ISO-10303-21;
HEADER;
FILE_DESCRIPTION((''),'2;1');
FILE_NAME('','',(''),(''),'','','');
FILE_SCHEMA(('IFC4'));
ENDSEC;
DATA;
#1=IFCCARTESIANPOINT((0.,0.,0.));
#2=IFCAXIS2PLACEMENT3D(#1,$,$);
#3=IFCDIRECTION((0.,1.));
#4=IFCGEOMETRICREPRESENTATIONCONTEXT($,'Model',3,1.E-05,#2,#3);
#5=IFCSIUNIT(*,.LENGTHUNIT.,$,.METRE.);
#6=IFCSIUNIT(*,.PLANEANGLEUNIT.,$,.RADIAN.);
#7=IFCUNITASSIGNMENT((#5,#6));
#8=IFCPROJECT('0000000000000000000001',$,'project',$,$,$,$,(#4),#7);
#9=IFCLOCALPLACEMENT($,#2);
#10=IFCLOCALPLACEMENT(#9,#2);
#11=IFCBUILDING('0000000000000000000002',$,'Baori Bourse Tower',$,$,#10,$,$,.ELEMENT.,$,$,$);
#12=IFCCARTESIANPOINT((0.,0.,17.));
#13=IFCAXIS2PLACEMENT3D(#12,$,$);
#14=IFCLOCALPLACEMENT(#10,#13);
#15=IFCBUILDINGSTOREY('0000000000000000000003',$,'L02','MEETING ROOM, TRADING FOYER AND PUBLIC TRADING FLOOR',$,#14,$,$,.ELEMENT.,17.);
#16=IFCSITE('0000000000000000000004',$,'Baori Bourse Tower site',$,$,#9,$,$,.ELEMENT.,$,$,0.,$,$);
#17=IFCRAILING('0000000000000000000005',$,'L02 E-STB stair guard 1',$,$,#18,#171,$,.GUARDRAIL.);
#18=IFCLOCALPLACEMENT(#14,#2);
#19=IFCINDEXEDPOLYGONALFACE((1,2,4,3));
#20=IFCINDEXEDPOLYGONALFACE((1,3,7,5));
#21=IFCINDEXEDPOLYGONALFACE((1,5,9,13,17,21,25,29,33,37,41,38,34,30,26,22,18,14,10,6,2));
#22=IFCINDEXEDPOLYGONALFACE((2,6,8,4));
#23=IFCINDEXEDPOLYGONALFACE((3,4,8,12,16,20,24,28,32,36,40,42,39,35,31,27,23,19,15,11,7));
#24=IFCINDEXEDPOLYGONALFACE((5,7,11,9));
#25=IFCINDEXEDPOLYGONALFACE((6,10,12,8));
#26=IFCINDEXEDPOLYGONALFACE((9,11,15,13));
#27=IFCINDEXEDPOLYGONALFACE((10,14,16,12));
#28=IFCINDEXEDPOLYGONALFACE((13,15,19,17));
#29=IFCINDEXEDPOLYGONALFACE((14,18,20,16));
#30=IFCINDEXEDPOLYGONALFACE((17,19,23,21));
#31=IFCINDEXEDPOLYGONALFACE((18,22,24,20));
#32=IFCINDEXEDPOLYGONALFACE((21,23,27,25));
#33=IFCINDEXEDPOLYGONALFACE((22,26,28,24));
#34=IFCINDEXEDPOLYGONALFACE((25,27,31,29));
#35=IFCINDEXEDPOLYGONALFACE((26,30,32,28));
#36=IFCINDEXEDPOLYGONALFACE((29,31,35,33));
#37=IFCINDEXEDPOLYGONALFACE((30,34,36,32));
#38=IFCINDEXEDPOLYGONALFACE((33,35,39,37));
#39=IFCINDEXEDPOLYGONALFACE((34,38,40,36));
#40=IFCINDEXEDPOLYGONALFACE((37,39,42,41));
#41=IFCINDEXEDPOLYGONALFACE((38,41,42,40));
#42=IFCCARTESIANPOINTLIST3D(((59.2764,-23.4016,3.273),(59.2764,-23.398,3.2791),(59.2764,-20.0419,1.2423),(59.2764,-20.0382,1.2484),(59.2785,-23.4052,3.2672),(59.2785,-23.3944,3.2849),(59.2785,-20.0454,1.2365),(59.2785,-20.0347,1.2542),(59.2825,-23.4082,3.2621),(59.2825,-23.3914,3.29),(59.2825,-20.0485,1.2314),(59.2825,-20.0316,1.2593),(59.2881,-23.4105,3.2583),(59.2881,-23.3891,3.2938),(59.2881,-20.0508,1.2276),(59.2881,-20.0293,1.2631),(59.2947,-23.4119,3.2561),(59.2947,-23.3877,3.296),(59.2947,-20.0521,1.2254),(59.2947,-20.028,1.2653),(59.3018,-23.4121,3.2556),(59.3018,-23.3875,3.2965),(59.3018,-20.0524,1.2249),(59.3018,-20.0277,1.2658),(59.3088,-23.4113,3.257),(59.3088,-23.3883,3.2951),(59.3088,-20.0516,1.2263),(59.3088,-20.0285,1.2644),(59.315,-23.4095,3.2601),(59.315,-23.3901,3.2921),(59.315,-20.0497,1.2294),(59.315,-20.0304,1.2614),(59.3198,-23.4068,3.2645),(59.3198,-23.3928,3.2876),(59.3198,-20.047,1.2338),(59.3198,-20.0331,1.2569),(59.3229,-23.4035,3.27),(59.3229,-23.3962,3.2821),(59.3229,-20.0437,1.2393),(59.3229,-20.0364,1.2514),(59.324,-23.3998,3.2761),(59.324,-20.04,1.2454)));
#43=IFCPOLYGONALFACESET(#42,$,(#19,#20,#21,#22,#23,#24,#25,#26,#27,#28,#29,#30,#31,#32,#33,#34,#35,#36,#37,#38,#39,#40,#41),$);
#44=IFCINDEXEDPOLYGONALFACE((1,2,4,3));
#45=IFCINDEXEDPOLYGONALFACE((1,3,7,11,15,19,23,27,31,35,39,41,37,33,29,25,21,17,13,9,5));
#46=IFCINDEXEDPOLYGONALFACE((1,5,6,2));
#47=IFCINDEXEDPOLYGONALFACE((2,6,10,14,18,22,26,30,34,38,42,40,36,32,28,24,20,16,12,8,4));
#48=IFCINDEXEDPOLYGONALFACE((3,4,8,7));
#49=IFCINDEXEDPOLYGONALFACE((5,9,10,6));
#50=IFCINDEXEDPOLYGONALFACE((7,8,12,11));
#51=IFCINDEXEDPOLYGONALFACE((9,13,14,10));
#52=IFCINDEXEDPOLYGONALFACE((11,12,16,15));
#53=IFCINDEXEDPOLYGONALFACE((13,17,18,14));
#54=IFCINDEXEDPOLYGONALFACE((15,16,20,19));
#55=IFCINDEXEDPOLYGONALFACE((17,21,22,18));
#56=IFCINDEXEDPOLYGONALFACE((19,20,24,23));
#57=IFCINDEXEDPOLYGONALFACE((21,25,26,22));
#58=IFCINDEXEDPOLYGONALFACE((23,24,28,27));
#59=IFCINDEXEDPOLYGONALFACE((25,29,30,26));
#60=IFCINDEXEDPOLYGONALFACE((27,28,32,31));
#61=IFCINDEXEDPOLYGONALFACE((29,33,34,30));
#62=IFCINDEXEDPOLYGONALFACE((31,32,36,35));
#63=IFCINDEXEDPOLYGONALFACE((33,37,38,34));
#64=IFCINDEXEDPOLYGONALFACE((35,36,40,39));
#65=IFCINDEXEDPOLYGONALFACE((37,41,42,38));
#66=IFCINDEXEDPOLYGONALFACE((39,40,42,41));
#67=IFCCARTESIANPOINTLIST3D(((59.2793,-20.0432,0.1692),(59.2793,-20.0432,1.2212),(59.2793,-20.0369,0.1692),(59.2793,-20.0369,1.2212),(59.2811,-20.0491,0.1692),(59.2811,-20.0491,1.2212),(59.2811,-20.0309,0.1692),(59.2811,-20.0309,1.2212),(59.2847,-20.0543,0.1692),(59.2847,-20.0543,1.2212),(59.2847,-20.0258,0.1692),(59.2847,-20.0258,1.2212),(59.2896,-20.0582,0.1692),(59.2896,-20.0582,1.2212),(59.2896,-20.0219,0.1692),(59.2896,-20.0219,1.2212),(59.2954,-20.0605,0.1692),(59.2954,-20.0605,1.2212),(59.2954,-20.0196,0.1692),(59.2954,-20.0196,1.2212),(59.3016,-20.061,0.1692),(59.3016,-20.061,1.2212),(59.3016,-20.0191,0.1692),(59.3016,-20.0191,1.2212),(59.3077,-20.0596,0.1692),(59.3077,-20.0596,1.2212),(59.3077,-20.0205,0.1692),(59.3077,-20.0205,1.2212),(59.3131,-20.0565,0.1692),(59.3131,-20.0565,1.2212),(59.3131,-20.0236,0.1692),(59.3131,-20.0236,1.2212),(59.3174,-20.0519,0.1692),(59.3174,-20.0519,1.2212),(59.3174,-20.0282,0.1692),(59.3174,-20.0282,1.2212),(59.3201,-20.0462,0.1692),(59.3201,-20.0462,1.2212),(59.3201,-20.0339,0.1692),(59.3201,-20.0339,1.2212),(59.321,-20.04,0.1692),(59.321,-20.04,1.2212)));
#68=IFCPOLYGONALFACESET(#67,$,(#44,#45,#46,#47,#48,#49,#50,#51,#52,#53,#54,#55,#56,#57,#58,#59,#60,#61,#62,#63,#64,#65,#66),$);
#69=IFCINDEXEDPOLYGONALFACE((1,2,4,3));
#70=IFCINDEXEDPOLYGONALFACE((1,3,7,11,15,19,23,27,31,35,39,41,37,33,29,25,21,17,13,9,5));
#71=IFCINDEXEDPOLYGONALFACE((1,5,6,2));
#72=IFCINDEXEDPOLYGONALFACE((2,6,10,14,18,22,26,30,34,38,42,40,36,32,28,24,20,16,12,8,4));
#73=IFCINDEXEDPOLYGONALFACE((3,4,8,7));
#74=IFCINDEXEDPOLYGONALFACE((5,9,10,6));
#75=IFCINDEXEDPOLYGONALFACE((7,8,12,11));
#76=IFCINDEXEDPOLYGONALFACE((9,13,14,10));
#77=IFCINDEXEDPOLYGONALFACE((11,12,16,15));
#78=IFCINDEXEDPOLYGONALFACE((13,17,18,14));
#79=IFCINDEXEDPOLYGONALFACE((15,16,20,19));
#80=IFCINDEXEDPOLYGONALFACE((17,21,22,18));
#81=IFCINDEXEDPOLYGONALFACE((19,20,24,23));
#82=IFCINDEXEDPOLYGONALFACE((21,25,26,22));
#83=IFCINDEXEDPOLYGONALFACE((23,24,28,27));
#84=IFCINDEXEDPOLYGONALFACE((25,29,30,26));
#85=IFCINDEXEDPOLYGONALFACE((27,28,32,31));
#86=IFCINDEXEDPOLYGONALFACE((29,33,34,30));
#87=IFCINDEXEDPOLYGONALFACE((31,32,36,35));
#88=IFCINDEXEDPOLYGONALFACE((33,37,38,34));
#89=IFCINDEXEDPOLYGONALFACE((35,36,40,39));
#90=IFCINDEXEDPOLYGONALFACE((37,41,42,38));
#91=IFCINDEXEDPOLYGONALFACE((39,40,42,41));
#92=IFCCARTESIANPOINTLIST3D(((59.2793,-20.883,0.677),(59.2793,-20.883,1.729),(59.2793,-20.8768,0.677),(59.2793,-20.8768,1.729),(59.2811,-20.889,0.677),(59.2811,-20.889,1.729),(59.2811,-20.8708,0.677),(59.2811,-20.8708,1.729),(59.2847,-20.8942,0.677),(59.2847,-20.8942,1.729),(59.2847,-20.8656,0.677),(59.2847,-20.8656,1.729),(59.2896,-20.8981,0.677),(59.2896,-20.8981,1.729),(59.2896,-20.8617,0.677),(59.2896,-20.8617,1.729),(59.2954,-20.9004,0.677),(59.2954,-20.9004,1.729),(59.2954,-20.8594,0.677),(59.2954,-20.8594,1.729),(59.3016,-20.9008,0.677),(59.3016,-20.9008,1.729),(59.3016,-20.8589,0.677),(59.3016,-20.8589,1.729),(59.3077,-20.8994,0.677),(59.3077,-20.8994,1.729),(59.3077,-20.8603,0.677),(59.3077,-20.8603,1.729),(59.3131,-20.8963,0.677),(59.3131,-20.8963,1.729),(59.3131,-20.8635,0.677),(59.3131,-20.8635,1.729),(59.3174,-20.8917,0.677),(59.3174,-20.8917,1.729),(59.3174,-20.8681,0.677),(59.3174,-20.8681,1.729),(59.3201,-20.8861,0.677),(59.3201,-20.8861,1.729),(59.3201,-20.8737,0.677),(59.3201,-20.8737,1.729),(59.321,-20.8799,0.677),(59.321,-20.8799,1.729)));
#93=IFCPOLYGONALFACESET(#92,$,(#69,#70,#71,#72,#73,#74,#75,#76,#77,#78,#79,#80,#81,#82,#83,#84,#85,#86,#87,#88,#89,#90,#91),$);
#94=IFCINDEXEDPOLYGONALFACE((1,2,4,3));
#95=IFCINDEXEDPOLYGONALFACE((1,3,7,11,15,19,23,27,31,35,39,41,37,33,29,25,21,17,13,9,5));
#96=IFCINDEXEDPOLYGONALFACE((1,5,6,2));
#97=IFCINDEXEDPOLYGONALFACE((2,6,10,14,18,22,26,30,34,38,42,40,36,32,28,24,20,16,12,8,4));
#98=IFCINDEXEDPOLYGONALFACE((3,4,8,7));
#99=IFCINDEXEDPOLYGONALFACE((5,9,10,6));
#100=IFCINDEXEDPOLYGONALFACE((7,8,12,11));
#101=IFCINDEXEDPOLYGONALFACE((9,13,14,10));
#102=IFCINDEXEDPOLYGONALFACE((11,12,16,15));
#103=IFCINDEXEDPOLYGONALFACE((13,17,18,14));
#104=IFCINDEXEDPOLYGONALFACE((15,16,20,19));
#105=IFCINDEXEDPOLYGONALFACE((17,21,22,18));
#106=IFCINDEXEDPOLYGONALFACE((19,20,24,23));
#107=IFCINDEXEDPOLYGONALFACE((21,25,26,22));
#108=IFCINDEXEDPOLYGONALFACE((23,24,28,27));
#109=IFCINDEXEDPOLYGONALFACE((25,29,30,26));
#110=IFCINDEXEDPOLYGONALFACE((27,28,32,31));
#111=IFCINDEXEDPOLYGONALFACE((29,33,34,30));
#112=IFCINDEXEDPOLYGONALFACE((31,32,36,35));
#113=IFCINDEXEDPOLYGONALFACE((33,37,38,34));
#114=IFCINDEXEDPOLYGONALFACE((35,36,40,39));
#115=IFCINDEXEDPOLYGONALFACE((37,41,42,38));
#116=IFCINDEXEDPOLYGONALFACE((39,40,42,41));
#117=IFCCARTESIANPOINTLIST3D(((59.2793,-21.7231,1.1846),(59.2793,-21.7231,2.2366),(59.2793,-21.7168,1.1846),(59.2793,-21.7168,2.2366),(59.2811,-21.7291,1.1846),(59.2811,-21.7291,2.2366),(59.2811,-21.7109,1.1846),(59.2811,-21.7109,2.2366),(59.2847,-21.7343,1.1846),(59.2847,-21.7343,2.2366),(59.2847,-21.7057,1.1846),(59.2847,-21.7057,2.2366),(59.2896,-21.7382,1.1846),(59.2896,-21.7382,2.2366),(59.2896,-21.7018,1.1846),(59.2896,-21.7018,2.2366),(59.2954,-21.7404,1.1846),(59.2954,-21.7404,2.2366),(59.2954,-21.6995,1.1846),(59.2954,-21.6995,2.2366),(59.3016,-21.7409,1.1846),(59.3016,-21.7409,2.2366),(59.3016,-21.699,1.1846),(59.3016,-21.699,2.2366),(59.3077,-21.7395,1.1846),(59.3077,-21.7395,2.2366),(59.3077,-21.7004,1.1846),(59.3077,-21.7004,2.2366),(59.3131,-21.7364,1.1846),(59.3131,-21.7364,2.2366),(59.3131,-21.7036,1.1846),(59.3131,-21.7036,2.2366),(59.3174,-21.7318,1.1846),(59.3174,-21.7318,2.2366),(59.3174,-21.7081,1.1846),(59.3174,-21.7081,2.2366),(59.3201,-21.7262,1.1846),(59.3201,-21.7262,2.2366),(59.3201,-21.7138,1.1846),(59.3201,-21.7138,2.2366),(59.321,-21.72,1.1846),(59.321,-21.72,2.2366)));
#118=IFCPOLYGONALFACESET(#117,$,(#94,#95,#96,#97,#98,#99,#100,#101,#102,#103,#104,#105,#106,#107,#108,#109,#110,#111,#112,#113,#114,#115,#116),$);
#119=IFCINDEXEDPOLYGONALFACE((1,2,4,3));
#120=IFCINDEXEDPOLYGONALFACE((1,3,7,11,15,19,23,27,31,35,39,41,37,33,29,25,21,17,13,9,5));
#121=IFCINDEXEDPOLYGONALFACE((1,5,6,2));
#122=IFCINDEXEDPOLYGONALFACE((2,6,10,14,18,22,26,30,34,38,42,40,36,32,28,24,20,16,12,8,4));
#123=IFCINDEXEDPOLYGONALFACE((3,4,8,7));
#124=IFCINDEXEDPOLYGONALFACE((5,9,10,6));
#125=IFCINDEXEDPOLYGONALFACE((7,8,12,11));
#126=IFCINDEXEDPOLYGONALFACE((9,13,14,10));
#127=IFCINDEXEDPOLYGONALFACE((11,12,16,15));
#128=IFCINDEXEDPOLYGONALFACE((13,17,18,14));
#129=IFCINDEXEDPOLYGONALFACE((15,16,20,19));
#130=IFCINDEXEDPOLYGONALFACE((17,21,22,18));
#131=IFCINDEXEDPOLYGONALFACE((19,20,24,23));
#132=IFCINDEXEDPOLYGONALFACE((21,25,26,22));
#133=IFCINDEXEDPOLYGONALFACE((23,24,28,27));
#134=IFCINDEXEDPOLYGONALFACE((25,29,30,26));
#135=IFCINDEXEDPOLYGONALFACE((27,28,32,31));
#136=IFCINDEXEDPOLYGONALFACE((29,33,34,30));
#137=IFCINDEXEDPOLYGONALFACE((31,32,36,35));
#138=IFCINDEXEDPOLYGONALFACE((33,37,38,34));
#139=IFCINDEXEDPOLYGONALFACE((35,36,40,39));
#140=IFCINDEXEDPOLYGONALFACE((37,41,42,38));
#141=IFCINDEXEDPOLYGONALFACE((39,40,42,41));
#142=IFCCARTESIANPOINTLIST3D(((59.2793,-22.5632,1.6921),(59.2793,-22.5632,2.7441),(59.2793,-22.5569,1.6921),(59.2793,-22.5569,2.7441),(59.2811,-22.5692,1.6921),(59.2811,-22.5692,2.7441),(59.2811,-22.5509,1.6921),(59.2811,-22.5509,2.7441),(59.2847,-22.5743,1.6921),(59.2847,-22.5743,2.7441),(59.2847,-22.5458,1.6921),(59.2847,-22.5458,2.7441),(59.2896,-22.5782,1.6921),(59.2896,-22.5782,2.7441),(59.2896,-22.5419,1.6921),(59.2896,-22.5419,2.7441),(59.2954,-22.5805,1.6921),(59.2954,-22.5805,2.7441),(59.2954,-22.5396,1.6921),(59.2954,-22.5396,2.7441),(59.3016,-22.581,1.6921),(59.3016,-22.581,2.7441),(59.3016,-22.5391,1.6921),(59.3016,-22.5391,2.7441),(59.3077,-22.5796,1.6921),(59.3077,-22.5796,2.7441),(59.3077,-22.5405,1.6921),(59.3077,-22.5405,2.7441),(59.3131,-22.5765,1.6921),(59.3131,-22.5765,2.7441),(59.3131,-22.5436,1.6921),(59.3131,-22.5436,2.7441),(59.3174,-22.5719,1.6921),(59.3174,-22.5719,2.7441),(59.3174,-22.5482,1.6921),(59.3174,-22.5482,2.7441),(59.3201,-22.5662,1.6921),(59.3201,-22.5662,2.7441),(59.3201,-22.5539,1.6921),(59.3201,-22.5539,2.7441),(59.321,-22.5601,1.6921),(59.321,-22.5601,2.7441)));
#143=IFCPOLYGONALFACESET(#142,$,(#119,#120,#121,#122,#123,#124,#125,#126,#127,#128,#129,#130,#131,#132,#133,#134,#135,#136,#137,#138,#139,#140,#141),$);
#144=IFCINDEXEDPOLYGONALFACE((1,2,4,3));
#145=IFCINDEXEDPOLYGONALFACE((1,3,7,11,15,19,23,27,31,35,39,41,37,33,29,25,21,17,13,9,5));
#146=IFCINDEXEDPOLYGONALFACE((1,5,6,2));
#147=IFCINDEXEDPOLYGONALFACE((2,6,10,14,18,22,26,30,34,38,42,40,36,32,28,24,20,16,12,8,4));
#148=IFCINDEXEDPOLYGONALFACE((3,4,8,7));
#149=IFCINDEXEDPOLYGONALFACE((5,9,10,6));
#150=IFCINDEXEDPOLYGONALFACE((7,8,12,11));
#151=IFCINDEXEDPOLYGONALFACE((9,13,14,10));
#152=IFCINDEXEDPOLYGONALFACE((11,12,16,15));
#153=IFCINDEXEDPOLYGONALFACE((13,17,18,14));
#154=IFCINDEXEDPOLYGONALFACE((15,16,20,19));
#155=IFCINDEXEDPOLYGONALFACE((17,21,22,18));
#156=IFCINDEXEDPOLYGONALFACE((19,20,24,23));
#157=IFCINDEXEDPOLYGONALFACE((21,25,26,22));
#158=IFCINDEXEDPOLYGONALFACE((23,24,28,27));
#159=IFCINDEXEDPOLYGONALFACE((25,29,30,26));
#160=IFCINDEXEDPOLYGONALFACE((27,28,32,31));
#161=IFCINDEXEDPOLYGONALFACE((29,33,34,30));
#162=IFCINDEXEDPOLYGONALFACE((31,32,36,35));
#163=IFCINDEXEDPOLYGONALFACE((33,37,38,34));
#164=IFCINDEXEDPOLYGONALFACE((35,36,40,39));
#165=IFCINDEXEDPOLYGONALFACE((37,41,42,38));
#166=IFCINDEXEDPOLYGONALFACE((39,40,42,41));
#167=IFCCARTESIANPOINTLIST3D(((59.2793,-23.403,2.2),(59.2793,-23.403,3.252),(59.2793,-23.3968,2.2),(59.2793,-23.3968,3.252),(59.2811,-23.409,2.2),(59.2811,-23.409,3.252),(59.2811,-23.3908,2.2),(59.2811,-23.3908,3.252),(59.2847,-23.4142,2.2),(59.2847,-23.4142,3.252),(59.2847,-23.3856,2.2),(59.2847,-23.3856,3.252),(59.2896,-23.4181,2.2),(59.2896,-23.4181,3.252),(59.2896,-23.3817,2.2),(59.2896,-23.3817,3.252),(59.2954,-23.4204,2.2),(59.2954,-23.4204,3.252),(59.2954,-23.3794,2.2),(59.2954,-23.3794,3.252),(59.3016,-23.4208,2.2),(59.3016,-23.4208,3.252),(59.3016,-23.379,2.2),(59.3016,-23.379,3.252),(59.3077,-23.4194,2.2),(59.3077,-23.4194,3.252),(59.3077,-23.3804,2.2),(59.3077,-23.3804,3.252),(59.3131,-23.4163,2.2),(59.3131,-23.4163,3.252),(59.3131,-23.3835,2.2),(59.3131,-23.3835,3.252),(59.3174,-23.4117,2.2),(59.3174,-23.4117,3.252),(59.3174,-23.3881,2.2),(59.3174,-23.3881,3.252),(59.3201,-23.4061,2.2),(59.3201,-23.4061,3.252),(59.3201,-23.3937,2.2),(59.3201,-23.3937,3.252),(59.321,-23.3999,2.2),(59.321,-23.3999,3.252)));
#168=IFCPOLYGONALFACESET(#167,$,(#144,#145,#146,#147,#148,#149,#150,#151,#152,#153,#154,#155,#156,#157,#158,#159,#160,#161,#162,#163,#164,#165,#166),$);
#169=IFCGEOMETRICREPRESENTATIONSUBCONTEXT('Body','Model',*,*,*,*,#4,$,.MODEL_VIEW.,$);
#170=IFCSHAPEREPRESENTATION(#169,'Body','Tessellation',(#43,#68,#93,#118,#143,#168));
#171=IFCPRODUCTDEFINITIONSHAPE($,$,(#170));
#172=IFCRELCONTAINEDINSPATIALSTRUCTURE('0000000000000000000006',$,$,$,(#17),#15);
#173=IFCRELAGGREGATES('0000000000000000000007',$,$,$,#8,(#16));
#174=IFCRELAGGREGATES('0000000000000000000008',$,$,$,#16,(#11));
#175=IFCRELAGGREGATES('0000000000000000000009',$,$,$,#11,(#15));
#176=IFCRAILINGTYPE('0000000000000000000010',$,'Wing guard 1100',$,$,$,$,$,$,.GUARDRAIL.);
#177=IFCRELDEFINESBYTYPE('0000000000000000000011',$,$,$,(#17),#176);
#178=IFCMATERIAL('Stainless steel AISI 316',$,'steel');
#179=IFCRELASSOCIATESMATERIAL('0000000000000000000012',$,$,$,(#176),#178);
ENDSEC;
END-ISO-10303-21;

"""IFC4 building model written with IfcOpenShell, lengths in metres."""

from ifc_helpers import new_model, si_unit, direction, frame, origin, origin_2d, place, context, subcontext, project, spatial, circle, extrude, material, type_object, element, save


model = new_model("IFC4")

# Units and contexts
model_context = context("Model", 3, precision=1e-05, world=origin(), true_north=direction((0.0, 1.0)))
body_context = subcontext(model_context, "Body", "Model", "MODEL_VIEW")
ifc_project = project(units=[si_unit("LENGTHUNIT", "METRE"), si_unit("PLANEANGLEUNIT", "RADIAN")], contexts=[model_context])

# Site, building, storey
site_placement = place(None, origin())
site = spatial("IfcSite", under=ifc_project, at=site_placement, Name="Baori Bourse Tower site", CompositionType="ELEMENT", RefElevation=0.0)
building_placement = place(site_placement, origin())
building = spatial("IfcBuilding", under=site, at=building_placement, Name="Baori Bourse Tower", CompositionType="ELEMENT")
storey_placement = place(building_placement, frame((0.0, 0.0, 17.0)))
storey = spatial("IfcBuildingStorey", under=building, at=storey_placement, Name="L02", Description="MEETING ROOM, TRADING FOYER AND PUBLIC TRADING FLOOR", CompositionType="ELEMENT", Elevation=17.0)

# Railing
ifc_material_1 = material(Name="Stainless steel AISI 316", Category="steel")
railing_type_1 = type_object("IfcRailingType", Name="Wing guard 1100", PredefinedType="GUARDRAIL", material=ifc_material_1)
railing_1_placement = place(storey_placement, frame((59.3, -20.04, 0.1692)))
element("IfcRailing", 1, at=railing_1_placement, inside=storey, type_object=railing_type_1, Name="L02 E-STB stair guard 1", PredefinedType="GUARDRAIL", context=body_context, shape_type="SweptSolid", body=[
    extrude(circle(Radius=0.0239, at=origin_2d()), frame((0.0, 0.0, 1.0762), z_axis=(0.0, -0.85582, 0.517273), x_axis=(1.0, 0.0, 0.0)), (0.0, 0.0, 1.0), 3.9258),
    extrude(circle(Radius=0.021, at=origin_2d()), origin(), (0.0, 0.0, 1.0), 1.052),
    extrude(circle(Radius=0.021, at=origin_2d()), frame((0.0, -0.8398, 0.5078)), (0.0, 0.0, 1.0), 1.052),
    extrude(circle(Radius=0.021, at=origin_2d()), frame((0.0, -1.6799, 1.0154)), (0.0, 0.0, 1.0), 1.052),
    extrude(circle(Radius=0.021, at=origin_2d()), frame((0.0, -2.52, 1.5229)), (0.0, 0.0, 1.0), 1.052),
    extrude(circle(Radius=0.021, at=origin_2d()), frame((0.0, -3.3599, 2.0308)), (0.0, 0.0, 1.0), 1.052),
])

save(model, "model.ifc")
